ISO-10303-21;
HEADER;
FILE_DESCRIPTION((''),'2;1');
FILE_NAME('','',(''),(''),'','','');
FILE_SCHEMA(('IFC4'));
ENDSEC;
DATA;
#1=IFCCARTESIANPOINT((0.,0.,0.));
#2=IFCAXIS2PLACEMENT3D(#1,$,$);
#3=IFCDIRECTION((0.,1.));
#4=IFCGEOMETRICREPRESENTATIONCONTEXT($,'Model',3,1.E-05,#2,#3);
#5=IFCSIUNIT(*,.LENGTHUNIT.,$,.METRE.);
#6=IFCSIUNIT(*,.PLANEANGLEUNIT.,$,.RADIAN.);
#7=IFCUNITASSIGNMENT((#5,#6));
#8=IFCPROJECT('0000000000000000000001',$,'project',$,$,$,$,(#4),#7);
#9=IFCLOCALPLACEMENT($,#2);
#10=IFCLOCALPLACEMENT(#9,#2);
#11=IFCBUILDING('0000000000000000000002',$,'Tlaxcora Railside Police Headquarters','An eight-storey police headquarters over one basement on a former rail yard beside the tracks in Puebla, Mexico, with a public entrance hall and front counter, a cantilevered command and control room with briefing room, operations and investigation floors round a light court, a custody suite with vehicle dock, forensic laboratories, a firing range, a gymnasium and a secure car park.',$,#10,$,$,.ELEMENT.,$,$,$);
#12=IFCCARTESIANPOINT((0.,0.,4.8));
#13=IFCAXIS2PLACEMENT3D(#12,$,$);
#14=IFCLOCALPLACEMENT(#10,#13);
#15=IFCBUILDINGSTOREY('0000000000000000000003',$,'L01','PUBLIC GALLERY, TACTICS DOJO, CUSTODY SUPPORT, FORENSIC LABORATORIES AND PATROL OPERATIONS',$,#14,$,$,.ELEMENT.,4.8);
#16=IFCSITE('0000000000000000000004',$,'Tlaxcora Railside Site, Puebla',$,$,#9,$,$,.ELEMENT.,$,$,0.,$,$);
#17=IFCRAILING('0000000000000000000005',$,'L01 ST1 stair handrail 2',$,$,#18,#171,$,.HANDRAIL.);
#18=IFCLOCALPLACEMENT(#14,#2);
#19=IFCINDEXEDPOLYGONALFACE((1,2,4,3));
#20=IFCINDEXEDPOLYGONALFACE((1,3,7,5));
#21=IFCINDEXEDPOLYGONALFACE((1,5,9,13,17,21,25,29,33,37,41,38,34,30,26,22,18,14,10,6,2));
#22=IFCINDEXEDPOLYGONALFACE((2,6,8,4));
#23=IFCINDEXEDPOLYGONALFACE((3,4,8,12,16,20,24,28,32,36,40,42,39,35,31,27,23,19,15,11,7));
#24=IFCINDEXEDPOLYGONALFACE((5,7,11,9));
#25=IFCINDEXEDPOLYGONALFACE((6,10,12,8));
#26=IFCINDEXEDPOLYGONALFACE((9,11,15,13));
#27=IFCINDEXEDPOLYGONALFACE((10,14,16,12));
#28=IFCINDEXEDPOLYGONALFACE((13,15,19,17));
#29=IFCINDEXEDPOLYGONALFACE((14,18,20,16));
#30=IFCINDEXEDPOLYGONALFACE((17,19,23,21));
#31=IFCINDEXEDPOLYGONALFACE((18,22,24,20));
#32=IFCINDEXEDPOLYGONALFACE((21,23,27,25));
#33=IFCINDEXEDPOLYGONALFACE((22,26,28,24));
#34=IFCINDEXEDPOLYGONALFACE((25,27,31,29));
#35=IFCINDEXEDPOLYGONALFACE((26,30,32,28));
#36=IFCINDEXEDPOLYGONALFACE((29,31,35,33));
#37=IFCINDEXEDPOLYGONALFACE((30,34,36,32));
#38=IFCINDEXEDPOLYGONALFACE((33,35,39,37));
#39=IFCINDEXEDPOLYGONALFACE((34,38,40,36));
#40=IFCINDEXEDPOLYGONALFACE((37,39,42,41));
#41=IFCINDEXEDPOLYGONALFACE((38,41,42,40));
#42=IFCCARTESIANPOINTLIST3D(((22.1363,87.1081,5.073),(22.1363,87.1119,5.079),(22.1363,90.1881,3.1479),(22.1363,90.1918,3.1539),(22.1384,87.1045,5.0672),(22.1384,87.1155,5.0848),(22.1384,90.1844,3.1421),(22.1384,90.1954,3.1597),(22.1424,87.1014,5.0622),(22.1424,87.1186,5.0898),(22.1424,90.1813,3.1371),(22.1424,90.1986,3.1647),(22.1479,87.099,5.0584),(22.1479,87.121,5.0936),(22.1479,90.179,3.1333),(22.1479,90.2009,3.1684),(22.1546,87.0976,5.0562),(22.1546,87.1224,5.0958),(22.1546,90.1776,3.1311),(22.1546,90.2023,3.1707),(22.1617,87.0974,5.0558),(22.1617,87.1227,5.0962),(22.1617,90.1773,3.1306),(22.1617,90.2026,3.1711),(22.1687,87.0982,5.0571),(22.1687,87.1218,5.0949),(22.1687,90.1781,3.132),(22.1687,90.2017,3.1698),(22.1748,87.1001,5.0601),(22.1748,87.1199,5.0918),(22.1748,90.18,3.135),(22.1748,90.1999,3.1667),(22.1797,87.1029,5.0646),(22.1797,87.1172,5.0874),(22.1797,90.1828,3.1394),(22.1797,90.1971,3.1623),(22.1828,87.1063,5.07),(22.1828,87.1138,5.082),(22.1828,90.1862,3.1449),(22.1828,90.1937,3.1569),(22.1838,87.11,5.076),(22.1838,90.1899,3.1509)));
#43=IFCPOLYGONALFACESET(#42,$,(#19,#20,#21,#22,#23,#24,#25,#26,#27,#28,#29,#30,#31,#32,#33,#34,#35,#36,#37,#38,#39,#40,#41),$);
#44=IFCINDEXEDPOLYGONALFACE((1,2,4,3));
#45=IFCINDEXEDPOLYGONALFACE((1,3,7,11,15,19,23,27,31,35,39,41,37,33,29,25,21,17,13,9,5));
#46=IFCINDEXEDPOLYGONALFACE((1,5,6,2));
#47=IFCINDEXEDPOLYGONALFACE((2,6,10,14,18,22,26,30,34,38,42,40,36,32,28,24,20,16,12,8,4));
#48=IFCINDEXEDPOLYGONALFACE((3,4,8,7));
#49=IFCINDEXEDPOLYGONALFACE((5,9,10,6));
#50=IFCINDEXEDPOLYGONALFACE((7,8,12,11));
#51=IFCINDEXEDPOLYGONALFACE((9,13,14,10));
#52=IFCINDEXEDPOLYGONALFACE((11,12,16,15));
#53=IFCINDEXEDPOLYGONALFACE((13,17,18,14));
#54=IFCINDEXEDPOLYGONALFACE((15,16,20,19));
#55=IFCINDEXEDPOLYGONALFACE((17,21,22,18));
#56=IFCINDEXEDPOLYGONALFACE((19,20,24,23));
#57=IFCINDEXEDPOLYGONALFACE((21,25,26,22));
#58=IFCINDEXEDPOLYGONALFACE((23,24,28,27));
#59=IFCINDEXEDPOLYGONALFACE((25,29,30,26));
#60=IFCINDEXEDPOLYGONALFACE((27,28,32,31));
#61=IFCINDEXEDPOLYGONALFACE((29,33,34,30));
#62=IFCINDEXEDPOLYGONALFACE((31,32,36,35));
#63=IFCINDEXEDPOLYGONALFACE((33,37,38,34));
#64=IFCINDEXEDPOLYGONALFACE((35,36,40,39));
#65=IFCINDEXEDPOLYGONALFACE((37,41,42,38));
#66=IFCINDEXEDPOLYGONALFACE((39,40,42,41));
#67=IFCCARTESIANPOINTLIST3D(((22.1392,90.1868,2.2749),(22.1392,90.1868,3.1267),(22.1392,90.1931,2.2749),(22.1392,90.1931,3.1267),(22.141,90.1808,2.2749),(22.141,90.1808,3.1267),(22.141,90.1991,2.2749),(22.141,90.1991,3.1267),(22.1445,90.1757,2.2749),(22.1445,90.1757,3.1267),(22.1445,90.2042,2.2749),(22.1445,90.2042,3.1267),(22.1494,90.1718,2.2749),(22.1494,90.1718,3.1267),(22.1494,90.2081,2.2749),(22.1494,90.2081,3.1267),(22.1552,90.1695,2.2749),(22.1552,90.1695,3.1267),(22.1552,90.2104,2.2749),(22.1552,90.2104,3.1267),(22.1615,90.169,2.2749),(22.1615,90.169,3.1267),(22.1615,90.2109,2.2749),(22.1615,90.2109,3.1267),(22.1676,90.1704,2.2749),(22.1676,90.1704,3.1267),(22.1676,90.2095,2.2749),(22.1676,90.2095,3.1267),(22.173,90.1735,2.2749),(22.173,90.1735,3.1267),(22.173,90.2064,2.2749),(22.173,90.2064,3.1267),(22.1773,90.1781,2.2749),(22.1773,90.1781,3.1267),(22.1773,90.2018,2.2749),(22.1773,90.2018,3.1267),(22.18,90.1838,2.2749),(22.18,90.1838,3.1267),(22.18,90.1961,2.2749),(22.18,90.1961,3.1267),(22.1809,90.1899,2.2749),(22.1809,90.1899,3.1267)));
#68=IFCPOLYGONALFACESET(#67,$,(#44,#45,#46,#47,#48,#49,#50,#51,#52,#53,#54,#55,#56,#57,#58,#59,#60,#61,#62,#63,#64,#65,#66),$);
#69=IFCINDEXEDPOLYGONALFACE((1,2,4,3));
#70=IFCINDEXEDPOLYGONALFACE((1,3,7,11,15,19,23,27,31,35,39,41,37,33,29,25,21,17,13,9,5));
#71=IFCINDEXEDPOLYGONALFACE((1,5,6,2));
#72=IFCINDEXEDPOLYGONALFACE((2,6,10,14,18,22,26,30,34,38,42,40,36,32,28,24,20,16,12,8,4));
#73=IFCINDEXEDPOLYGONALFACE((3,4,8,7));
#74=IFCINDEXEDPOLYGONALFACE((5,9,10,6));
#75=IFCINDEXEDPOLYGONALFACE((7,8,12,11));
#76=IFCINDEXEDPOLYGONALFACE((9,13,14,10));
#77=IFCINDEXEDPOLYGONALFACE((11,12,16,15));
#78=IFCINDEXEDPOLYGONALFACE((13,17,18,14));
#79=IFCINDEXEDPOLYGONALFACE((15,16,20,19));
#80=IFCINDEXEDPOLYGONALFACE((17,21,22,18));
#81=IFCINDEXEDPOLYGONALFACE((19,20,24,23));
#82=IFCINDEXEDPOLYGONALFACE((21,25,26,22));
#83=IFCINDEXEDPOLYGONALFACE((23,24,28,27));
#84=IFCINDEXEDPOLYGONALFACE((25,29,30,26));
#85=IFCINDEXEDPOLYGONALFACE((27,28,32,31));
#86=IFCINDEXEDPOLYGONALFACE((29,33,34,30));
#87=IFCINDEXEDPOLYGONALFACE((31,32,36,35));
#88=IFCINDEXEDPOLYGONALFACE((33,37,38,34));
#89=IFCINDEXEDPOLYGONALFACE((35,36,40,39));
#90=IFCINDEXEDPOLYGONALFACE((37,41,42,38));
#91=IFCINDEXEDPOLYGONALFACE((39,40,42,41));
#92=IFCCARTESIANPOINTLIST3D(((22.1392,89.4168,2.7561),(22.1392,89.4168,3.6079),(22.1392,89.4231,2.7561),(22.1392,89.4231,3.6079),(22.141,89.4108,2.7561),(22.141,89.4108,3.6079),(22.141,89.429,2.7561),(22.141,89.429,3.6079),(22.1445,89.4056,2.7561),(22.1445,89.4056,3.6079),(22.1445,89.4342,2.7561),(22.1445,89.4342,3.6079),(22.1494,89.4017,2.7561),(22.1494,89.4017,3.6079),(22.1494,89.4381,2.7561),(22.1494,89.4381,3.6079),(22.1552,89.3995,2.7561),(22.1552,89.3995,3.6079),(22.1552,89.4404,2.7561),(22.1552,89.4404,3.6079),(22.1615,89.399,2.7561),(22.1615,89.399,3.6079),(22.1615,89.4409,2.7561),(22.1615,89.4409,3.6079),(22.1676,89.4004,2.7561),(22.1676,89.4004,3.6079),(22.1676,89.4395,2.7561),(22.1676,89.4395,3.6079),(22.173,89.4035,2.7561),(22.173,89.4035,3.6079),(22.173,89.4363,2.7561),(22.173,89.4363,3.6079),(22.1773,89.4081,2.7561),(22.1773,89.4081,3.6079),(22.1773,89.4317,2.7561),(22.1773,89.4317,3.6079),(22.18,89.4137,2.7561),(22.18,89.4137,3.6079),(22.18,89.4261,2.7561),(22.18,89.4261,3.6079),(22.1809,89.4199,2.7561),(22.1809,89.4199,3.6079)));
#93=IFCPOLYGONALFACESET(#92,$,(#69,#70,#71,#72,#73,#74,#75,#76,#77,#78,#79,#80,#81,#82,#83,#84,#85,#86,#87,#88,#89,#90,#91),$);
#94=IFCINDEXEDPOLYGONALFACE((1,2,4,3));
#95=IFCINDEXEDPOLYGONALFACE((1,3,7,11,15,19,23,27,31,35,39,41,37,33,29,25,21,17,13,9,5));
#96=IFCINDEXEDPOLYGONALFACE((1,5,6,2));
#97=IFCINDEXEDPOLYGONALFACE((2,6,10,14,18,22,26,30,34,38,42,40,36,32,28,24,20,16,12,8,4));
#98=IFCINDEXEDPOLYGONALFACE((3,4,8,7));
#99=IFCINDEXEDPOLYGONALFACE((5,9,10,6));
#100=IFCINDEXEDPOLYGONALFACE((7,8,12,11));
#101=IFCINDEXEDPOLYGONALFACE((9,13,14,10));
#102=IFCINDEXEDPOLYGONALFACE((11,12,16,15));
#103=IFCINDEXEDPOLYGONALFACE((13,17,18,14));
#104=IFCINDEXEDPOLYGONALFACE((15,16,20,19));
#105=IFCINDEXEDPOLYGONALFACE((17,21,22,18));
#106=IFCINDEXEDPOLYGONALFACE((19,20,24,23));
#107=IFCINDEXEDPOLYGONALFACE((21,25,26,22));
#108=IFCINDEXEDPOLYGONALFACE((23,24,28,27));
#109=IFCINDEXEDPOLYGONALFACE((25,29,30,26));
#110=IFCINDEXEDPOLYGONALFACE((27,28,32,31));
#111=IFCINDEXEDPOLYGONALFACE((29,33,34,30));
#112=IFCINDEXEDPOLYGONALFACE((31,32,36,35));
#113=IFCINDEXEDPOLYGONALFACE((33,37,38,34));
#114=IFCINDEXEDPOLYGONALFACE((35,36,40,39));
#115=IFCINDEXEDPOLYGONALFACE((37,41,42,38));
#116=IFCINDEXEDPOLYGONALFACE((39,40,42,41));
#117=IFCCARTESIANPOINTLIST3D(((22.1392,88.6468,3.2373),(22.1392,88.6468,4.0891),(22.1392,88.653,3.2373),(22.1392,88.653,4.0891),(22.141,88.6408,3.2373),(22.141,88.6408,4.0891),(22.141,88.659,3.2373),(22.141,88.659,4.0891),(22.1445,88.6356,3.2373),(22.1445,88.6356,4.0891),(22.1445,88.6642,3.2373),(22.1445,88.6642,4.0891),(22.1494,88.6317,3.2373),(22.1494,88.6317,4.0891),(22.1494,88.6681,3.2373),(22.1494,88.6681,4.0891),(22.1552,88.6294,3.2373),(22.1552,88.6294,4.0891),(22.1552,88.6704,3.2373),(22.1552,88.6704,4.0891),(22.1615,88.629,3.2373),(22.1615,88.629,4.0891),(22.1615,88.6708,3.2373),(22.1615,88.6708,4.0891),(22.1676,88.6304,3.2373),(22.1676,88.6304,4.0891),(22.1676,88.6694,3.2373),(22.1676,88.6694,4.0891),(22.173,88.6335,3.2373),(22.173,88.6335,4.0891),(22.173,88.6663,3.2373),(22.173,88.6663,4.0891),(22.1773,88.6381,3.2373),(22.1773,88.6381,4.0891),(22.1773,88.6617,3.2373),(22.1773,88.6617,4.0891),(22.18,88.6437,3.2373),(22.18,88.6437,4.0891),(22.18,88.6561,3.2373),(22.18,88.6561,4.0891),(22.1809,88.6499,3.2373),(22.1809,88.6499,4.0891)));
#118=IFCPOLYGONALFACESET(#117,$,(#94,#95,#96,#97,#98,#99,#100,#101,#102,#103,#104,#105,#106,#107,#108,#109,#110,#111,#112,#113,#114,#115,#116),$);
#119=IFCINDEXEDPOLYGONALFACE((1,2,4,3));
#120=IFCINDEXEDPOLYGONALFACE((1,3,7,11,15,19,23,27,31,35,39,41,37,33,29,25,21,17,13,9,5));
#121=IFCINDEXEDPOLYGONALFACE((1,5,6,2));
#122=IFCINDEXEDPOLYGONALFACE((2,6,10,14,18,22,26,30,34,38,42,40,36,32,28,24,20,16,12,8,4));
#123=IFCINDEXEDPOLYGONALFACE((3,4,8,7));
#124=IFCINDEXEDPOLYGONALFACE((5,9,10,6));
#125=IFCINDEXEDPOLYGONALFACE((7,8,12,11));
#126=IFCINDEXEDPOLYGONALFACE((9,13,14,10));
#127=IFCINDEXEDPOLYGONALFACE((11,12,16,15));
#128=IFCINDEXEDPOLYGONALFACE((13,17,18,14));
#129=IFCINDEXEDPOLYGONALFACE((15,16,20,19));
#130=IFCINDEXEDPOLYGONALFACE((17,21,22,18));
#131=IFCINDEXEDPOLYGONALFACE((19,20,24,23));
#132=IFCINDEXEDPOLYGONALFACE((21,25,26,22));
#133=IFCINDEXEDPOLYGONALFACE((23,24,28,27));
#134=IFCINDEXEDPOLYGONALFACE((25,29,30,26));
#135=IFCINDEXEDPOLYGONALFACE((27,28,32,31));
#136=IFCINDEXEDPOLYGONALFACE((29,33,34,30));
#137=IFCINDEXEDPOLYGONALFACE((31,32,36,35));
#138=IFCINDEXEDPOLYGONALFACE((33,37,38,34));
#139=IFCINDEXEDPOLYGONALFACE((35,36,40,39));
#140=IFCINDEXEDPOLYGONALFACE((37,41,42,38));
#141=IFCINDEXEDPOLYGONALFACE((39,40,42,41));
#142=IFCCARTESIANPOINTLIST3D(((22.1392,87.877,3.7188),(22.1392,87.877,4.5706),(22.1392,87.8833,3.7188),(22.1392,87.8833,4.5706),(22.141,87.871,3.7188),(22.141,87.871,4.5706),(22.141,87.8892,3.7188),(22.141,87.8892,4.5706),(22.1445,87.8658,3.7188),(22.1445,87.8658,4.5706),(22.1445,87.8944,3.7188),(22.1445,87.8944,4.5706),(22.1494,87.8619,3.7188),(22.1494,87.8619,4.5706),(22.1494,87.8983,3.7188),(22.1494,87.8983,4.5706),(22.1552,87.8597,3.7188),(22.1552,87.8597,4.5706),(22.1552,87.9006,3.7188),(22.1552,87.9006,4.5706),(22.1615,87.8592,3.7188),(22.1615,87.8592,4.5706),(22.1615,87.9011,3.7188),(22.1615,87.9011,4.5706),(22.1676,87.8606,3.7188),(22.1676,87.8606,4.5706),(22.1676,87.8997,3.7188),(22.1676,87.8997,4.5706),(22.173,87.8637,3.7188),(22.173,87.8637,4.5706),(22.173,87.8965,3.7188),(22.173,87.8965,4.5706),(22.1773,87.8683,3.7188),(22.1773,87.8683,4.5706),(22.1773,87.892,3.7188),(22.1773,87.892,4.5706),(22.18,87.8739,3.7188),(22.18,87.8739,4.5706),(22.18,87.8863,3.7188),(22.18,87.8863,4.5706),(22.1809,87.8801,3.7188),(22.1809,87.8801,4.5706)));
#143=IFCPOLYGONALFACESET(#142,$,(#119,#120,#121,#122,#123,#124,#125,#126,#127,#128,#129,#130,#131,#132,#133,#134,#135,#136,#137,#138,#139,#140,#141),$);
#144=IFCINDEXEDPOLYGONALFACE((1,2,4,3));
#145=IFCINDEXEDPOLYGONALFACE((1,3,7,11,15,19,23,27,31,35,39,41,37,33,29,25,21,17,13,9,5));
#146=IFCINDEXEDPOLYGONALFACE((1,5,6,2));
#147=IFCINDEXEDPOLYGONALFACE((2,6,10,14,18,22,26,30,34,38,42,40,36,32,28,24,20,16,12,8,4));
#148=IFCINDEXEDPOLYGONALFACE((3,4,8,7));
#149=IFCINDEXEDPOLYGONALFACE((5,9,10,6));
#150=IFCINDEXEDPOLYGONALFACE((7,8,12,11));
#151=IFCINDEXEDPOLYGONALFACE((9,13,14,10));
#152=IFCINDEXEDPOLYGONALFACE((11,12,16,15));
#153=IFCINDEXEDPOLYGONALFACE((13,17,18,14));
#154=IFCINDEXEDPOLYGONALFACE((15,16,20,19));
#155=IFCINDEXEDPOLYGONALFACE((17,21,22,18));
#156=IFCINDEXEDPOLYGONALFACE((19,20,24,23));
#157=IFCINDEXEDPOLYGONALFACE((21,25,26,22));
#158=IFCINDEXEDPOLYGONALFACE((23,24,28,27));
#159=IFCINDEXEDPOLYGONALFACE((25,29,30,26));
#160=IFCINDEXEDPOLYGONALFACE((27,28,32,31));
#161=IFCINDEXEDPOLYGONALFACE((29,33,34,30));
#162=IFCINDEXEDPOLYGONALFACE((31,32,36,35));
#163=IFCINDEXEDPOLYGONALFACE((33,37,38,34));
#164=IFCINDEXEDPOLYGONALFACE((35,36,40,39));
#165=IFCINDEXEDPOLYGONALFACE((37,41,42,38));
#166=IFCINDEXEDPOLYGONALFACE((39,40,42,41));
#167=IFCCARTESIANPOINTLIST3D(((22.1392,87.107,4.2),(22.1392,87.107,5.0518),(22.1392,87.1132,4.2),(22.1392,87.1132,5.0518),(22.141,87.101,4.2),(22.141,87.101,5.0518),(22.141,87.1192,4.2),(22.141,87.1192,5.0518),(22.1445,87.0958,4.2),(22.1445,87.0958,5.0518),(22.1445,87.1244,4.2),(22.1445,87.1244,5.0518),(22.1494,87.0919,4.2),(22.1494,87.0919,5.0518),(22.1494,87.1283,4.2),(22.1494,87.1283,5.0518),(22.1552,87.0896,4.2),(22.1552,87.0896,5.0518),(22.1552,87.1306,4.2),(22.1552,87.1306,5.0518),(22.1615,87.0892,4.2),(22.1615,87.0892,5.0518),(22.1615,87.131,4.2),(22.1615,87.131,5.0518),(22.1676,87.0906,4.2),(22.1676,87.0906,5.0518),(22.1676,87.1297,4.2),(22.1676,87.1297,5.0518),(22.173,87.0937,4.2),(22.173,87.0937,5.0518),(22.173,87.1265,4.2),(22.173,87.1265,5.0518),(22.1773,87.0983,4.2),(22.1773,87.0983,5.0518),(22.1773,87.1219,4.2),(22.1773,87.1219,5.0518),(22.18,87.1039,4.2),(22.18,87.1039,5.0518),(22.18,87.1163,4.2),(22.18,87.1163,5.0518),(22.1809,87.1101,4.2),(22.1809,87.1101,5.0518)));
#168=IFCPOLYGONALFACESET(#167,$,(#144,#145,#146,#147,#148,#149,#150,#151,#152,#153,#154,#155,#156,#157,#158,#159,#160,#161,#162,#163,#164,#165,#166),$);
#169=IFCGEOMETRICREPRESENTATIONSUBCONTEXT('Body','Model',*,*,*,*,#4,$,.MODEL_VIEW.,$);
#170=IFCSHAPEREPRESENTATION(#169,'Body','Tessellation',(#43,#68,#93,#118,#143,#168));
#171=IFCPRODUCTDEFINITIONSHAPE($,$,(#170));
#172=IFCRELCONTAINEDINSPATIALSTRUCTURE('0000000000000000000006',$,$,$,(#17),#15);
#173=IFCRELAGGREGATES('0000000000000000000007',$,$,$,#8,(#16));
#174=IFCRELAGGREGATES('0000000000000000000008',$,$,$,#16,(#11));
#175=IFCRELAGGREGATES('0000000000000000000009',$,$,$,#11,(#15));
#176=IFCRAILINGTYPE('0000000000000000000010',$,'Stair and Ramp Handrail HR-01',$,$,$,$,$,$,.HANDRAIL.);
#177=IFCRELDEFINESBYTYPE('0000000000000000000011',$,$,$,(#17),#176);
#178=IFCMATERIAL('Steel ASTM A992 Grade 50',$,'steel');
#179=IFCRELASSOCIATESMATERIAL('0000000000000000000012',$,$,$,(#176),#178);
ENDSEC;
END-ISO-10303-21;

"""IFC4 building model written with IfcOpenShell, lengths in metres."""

from ifc_helpers import new_model, si_unit, direction, frame, origin, origin_2d, place, context, subcontext, project, spatial, circle, extrude, material, type_object, element, save


model = new_model("IFC4")

# Units and contexts
model_context = context("Model", 3, precision=1e-05, world=origin(), true_north=direction((0.0, 1.0)))
body_context = subcontext(model_context, "Body", "Model", "MODEL_VIEW")
ifc_project = project(units=[si_unit("LENGTHUNIT", "METRE"), si_unit("PLANEANGLEUNIT", "RADIAN")], contexts=[model_context])

# Site, building, storey
site_placement = place(None, origin())
site = spatial("IfcSite", under=ifc_project, at=site_placement, Name="Tlaxcora Railside Site, Puebla", CompositionType="ELEMENT", RefElevation=0.0)
building_placement = place(site_placement, origin())
building = spatial("IfcBuilding", under=site, at=building_placement, Name="Tlaxcora Railside Police Headquarters", Description="An eight-storey police headquarters over one basement on a former rail yard beside the tracks in Puebla, Mexico, with a public entrance hall and front counter, a cantilevered command and control room with briefing room, operations and investigation floors round a light court, a custody suite with vehicle dock, forensic laboratories, a firing range, a gymnasium and a secure car park.", CompositionType="ELEMENT")
storey_placement = place(building_placement, frame((0.0, 0.0, 4.8)))
storey = spatial("IfcBuildingStorey", under=building, at=storey_placement, Name="L01", Description="PUBLIC GALLERY, TACTICS DOJO, CUSTODY SUPPORT, FORENSIC LABORATORIES AND PATROL OPERATIONS", CompositionType="ELEMENT", Elevation=4.8)

# Shared definitions
ifc_material_1 = material(Name="Steel ASTM A992 Grade 50", Category="steel")

# Railing
railing_type_1 = type_object("IfcRailingType", Name="Stair and Ramp Handrail HR-01", PredefinedType="HANDRAIL", material=ifc_material_1)
railing_1_placement = place(storey_placement, frame((22.1599, 90.1899, 2.2749)))
element("IfcRailing", 1, at=railing_1_placement, inside=storey, type_object=railing_type_1, Name="L01 ST1 stair handrail 2", PredefinedType="HANDRAIL", context=body_context, shape_type="SweptSolid", body=[
    extrude(circle(Radius=0.0239, at=origin_2d()), frame((0.0, 0.0, 0.876), z_axis=(0.0, -0.847979, 0.530029), x_axis=(1.0, 0.0, 0.0)), (0.0, 0.0, 1.0), 3.6321),
    extrude(circle(Radius=0.021, at=origin_2d()), origin(), (0.0, 0.0, 1.0), 0.8518),
    extrude(circle(Radius=0.021, at=origin_2d()), frame((0.0, -0.77, 0.4812)), (0.0, 0.0, 1.0), 0.8518),
    extrude(circle(Radius=0.021, at=origin_2d()), frame((0.0, -1.54, 0.9624)), (0.0, 0.0, 1.0), 0.8518),
    extrude(circle(Radius=0.021, at=origin_2d()), frame((0.0, -2.3098, 1.4438)), (0.0, 0.0, 1.0), 0.8518),
    extrude(circle(Radius=0.021, at=origin_2d()), frame((0.0, -3.0798, 1.925)), (0.0, 0.0, 1.0), 0.8518),
])

save(model, "model.ifc")
